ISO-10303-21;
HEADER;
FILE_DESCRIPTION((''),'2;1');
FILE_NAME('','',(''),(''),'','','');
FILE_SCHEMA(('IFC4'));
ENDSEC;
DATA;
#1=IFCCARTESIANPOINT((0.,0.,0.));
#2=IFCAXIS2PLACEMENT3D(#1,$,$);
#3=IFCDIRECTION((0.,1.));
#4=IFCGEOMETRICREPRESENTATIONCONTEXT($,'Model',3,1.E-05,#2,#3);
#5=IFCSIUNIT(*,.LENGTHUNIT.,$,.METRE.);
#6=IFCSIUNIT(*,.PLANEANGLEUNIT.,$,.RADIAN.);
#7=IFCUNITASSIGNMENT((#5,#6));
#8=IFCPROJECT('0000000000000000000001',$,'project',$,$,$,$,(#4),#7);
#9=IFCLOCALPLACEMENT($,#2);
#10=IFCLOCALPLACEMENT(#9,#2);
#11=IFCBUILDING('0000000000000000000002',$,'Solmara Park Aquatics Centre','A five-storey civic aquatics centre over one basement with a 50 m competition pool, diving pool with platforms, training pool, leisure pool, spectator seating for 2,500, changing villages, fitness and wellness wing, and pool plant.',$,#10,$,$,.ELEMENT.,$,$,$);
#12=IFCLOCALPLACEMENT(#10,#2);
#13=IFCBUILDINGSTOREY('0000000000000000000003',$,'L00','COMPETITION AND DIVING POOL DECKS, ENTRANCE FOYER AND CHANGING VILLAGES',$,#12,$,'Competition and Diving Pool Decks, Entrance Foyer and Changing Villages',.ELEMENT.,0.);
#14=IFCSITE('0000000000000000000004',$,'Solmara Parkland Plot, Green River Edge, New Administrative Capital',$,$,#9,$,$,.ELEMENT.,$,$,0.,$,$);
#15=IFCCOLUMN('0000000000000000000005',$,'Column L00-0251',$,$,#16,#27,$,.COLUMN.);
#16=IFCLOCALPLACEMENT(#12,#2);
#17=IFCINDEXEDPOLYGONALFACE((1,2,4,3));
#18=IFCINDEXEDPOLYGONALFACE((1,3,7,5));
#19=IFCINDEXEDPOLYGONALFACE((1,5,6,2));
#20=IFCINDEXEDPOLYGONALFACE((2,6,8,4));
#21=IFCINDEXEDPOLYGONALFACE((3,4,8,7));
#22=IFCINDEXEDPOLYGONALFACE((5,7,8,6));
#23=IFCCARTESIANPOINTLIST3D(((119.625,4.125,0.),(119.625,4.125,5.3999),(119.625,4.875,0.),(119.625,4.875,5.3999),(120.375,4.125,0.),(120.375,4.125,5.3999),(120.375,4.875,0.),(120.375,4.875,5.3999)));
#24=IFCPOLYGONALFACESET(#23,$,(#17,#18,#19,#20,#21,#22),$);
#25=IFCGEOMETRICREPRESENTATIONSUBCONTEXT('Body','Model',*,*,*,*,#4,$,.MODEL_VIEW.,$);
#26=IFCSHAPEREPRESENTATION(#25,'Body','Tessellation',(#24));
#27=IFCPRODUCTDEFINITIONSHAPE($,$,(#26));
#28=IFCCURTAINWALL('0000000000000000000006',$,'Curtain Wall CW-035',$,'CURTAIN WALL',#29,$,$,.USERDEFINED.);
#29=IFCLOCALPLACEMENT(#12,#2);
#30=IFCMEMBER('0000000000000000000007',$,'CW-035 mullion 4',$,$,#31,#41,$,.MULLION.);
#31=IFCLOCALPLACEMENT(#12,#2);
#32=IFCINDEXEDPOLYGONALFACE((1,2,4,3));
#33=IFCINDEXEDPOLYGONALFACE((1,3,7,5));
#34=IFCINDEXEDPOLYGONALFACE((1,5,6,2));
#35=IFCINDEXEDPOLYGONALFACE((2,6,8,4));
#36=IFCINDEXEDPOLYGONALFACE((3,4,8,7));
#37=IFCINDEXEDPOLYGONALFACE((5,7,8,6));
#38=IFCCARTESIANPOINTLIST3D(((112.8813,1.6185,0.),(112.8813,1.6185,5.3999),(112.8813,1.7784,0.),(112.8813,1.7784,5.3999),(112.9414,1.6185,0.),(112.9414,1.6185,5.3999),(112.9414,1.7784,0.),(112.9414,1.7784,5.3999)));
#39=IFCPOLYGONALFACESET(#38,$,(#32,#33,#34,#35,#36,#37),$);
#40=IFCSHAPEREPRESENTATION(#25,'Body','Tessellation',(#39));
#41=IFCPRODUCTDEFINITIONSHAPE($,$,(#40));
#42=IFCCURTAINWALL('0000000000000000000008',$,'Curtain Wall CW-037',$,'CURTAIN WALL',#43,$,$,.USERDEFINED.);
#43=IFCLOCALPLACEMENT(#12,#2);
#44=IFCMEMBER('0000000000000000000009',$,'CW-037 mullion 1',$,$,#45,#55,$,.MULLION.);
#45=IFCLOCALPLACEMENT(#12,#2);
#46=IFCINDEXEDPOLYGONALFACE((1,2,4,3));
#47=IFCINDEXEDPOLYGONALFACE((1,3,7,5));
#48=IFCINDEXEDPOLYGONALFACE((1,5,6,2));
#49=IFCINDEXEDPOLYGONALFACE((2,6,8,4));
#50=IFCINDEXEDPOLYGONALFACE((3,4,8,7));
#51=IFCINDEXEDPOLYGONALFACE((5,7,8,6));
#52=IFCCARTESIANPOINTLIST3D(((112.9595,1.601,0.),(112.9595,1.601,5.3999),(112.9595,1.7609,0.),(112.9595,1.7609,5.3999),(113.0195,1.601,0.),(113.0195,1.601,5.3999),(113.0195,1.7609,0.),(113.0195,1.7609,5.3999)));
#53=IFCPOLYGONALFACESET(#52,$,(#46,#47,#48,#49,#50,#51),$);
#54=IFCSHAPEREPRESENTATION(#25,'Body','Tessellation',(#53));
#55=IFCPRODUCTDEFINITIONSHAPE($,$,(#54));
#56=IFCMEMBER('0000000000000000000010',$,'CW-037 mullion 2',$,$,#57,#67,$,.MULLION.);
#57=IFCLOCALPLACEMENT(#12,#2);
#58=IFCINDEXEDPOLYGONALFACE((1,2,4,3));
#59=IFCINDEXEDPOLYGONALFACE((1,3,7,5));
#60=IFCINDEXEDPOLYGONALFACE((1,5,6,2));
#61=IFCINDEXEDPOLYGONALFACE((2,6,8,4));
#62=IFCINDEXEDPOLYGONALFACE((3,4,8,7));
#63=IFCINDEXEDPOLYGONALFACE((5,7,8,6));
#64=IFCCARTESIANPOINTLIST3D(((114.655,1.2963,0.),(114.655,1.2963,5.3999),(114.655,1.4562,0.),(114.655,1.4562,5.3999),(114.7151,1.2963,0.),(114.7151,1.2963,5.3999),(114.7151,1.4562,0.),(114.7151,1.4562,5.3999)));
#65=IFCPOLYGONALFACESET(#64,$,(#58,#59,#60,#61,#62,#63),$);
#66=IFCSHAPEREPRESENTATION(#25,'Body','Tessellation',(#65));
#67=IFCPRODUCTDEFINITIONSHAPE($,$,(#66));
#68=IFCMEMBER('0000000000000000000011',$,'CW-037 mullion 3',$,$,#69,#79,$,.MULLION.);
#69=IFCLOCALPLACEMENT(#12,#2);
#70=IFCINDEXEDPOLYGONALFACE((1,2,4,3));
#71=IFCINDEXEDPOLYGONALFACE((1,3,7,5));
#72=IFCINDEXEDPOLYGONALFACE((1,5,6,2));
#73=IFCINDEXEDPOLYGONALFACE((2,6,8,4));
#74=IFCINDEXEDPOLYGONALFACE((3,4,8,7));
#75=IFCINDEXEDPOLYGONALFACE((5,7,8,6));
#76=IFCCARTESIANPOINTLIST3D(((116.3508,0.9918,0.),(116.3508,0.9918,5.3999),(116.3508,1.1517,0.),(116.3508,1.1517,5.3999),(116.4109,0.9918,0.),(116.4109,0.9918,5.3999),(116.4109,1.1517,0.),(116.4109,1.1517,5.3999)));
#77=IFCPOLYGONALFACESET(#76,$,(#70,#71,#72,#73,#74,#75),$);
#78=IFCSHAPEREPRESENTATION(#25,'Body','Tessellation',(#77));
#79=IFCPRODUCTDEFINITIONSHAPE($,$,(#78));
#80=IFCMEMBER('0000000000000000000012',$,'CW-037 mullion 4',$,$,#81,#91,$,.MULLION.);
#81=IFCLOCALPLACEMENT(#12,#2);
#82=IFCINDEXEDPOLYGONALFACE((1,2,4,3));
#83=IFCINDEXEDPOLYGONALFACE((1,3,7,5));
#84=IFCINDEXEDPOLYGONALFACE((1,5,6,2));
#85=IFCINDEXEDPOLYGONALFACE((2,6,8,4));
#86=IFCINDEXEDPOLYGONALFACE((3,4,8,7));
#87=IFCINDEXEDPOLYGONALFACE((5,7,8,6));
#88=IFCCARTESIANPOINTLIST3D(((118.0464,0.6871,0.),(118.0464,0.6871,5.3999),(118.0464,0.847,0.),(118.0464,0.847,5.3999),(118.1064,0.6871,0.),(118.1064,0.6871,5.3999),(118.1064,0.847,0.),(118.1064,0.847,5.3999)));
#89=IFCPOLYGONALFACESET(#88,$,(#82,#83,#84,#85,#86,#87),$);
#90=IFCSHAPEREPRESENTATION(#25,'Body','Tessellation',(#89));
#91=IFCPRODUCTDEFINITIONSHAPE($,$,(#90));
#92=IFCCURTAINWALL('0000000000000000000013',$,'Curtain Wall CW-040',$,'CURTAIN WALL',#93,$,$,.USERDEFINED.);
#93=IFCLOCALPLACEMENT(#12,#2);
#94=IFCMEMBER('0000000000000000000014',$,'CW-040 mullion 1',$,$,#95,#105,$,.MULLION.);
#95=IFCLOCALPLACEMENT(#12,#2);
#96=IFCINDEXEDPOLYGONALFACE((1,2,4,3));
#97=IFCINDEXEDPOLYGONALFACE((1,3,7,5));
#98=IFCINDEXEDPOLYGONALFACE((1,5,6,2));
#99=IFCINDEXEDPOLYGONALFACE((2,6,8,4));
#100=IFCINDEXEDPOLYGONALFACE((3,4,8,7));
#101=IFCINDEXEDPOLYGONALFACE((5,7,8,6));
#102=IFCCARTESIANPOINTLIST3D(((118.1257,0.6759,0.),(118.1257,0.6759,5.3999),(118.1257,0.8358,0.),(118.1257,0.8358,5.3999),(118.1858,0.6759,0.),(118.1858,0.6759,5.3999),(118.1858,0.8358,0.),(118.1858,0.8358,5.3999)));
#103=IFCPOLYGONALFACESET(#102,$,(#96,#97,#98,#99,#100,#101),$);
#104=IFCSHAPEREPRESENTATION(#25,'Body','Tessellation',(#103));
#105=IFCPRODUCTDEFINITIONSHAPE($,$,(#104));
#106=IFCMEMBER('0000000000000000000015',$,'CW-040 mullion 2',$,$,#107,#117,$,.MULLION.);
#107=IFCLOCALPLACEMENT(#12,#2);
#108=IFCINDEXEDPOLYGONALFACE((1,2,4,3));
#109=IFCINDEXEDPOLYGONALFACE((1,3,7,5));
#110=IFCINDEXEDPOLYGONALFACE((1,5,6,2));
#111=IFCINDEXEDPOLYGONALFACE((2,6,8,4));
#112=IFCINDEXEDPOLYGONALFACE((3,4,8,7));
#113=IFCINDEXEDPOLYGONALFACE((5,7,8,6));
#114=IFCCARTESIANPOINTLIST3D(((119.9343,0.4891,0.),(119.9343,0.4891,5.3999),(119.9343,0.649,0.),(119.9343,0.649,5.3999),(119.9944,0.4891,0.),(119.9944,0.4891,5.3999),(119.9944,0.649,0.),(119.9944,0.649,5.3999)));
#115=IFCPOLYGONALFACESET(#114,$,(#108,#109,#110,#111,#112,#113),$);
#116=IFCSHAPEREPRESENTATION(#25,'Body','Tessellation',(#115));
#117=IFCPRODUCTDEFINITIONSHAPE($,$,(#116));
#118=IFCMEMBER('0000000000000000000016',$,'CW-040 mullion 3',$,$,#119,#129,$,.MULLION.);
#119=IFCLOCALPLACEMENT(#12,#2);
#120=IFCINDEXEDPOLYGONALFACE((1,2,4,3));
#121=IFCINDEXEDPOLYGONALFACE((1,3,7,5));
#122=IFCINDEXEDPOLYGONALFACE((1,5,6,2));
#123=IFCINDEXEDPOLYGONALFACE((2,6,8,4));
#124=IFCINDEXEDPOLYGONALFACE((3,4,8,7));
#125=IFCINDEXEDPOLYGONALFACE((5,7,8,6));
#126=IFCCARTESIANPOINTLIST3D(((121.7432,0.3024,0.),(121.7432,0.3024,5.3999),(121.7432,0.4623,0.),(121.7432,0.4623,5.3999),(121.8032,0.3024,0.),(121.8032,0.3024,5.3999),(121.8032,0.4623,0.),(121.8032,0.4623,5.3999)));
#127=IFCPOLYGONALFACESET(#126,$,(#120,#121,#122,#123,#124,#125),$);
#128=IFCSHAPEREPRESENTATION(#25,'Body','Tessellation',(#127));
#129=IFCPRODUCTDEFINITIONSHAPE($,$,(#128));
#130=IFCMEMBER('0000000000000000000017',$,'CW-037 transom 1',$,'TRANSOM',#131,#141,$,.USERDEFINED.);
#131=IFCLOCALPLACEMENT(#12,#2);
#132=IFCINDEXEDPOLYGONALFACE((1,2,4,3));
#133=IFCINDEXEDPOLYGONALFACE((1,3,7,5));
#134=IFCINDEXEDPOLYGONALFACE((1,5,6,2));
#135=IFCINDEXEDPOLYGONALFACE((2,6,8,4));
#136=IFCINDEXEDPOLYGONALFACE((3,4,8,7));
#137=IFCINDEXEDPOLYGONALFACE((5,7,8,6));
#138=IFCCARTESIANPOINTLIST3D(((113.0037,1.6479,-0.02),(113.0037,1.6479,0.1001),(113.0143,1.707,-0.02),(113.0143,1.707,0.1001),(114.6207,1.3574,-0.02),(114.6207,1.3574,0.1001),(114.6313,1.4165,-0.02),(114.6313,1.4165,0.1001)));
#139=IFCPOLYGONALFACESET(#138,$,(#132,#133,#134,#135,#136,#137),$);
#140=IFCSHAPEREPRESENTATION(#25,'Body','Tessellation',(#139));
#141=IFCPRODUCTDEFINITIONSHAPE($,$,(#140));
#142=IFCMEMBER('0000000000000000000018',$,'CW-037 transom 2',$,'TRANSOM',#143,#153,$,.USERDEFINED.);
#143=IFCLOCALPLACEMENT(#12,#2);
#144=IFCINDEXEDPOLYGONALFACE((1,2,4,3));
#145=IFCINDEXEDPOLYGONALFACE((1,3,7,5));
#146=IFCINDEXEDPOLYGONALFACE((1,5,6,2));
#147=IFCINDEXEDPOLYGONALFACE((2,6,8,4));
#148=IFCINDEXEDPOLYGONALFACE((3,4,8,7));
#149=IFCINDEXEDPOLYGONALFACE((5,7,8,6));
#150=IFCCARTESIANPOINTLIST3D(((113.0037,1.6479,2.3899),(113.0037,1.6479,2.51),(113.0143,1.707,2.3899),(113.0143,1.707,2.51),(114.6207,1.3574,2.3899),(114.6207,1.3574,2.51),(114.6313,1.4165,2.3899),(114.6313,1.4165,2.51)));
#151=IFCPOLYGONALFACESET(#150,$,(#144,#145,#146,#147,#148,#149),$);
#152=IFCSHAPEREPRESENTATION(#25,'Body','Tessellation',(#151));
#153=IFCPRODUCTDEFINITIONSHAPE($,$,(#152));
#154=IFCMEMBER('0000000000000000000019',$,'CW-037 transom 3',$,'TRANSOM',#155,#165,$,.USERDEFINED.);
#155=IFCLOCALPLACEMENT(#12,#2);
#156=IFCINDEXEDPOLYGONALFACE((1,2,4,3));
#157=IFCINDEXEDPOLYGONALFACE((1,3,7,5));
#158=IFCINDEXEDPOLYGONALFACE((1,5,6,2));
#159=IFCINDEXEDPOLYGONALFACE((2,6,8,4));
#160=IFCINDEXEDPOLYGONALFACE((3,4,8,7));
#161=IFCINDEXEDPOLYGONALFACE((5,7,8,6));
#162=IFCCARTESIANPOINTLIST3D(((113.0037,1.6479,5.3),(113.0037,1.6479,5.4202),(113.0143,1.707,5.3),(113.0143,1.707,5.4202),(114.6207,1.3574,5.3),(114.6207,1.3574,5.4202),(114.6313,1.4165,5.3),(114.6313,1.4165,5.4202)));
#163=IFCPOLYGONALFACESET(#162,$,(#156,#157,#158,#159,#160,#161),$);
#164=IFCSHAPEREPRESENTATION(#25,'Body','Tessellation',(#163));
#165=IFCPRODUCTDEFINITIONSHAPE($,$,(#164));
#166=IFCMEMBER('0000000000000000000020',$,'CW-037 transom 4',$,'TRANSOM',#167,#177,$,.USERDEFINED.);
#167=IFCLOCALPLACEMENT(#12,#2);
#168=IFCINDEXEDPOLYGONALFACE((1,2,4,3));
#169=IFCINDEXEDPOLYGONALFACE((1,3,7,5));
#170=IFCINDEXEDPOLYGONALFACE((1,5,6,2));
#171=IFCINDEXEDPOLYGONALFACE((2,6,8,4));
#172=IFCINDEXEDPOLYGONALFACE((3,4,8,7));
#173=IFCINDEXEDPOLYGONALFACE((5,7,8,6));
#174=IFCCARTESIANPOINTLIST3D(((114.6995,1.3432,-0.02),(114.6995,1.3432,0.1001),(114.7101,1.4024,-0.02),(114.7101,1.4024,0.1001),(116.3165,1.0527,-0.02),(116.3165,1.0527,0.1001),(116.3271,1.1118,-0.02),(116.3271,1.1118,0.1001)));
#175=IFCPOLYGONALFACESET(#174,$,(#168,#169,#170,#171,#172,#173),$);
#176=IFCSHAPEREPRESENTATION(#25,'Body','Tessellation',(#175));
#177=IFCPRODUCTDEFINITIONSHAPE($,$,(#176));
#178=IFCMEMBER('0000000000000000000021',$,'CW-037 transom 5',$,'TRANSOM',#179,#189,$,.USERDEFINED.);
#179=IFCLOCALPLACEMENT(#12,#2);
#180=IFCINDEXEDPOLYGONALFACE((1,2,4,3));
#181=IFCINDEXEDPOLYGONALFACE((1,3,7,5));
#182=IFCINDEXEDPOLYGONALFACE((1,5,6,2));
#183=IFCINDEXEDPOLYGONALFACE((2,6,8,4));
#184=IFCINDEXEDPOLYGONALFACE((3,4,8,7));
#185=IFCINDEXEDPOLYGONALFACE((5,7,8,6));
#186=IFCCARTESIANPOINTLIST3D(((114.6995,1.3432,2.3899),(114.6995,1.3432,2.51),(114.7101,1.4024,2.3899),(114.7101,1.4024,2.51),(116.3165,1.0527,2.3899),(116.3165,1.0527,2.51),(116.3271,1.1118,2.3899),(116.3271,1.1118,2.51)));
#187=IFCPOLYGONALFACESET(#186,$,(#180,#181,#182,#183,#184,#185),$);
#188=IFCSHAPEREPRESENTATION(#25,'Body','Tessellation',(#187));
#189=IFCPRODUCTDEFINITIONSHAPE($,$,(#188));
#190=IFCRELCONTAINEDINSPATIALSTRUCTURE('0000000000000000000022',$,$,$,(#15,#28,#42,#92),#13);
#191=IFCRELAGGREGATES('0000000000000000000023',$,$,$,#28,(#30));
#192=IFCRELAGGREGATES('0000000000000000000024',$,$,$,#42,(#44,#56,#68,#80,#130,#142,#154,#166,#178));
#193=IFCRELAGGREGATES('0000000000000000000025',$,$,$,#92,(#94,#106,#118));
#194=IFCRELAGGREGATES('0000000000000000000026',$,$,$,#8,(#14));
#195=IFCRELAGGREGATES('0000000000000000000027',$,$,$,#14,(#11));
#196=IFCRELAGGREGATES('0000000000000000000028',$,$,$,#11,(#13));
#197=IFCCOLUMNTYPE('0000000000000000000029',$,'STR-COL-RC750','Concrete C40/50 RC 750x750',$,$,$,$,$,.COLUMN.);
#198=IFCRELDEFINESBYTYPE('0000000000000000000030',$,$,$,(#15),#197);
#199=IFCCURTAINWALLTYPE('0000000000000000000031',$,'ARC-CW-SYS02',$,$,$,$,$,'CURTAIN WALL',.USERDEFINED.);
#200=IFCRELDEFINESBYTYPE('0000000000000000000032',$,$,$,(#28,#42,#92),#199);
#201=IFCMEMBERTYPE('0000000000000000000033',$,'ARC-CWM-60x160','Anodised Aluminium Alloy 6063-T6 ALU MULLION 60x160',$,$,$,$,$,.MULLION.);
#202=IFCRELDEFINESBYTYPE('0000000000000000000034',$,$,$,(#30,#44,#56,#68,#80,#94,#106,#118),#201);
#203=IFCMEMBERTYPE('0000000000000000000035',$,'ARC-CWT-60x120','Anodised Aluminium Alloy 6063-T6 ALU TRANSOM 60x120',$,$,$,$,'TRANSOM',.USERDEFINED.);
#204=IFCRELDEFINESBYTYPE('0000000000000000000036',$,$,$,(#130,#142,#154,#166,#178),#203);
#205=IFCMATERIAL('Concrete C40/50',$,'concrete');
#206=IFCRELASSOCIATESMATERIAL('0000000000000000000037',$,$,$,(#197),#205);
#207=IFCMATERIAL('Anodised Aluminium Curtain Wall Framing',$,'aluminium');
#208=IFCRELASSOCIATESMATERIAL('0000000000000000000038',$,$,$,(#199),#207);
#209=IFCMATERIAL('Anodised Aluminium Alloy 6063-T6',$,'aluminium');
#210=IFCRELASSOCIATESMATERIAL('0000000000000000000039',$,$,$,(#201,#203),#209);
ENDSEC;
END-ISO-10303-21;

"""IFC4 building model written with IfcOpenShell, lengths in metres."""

from ifc_helpers import new_model, si_unit, direction, frame, origin, origin_2d, place, context, subcontext, project, spatial, rectangle, extrude, material, material_profile, profile_set, type_object, element, aggregate, save


model = new_model("IFC4")

# Units and contexts
model_context = context("Model", 3, precision=1e-05, world=origin(), true_north=direction((0.0, 1.0)))
body_context = subcontext(model_context, "Body", "Model", "MODEL_VIEW")
ifc_project = project(units=[si_unit("LENGTHUNIT", "METRE"), si_unit("PLANEANGLEUNIT", "RADIAN")], contexts=[model_context])

# Site, building, storey
site_placement = place(None, origin())
site = spatial("IfcSite", under=ifc_project, at=site_placement, Name="Solmara Parkland Plot, Green River Edge, New Administrative Capital", CompositionType="ELEMENT", RefElevation=0.0)
building_placement = place(site_placement, origin())
building = spatial("IfcBuilding", under=site, at=building_placement, Name="Solmara Park Aquatics Centre", Description="A five-storey civic aquatics centre over one basement with a 50 m competition pool, diving pool with platforms, training pool, leisure pool, spectator seating for 2,500, changing villages, fitness and wellness wing, and pool plant.", CompositionType="ELEMENT")
storey_placement = place(building_placement, origin())
storey = spatial("IfcBuildingStorey", under=building, at=storey_placement, Name="L00", Description="COMPETITION AND DIVING POOL DECKS, ENTRANCE FOYER AND CHANGING VILLAGES", LongName="Competition and Diving Pool Decks, Entrance Foyer and Changing Villages", CompositionType="ELEMENT", Elevation=0.0)

# Column
ifc_material_1 = material(Name="Concrete C40/50", Category="concrete")
ifc_material_profile_1 = material_profile(ifc_material_1, rectangle(XDim=0.75, YDim=0.75, at=origin_2d()), Name="RC 750x750")
ifc_profile_set_1 = profile_set([ifc_material_profile_1], Name="Concrete C40/50")
column_type = type_object("IfcColumnType", Name="STR-COL-RC750", Description="Concrete C40/50 RC 750x750", PredefinedType="COLUMN", material=ifc_profile_set_1)
column_placement = place(storey_placement, frame((120.0, 4.5, 0.0), z_axis=(0.0, 0.0, 1.0), x_axis=(1.0, 0.0, 0.0)))
element("IfcColumn", 1, at=column_placement, inside=storey, type_object=column_type, Name="Column L00-0251", PredefinedType="COLUMN", context=body_context, shape_type="SweptSolid", body=[
    extrude(rectangle(XDim=0.75, YDim=0.75, at=origin_2d()), origin(), (0.0, 0.0, 1.0), 5.3999),
])

# Curtain wall, member
ifc_material_2 = material(Name="Anodised Aluminium Curtain Wall Framing", Category="aluminium")
curtain_wall_type = type_object("IfcCurtainWallType", Name="ARC-CW-SYS02", ElementType="CURTAIN WALL", PredefinedType="USERDEFINED", material=ifc_material_2)
curtain_wall_1_placement = place(storey_placement, origin())
curtain_wall_1 = element("IfcCurtainWall", 2, at=curtain_wall_1_placement, inside=storey, type_object=curtain_wall_type, Name="Curtain Wall CW-035", ObjectType="CURTAIN WALL", PredefinedType="USERDEFINED")
ifc_material_3 = material(Name="Anodised Aluminium Alloy 6063-T6", Category="aluminium")
ifc_material_profile_2 = material_profile(ifc_material_3, rectangle(XDim=0.0601, YDim=0.1599, at=origin_2d()), Name="ALU MULLION 60x160")
ifc_profile_set_2 = profile_set([ifc_material_profile_2], Name="Anodised Aluminium Alloy 6063-T6")
member_type_1 = type_object("IfcMemberType", Name="ARC-CWM-60x160", Description="Anodised Aluminium Alloy 6063-T6 ALU MULLION 60x160", PredefinedType="MULLION", material=ifc_profile_set_2)
member_1_placement = place(storey_placement, frame((112.9114, 1.6985, 0.0), z_axis=(0.0, 0.0, 1.0), x_axis=(1.0, 0.0, 0.0)))
member_1 = element("IfcMember", 3, at=member_1_placement, type_object=member_type_1, Name="CW-035 mullion 4", PredefinedType="MULLION", context=body_context, shape_type="SweptSolid", body=[
    extrude(rectangle(XDim=0.0601, YDim=0.1599, at=origin_2d()), origin(), (0.0, 0.0, 1.0), 5.3999),
])

# Curtain walls, members
curtain_wall_2_placement = place(storey_placement, origin())
curtain_wall_2 = element("IfcCurtainWall", 4, at=curtain_wall_2_placement, inside=storey, type_object=curtain_wall_type, Name="Curtain Wall CW-037", ObjectType="CURTAIN WALL", PredefinedType="USERDEFINED")
member_2_placement = place(storey_placement, frame((112.9895, 1.6809, 0.0), z_axis=(0.0, 0.0, 1.0), x_axis=(1.0, 0.0, 0.0)))
member_2 = element("IfcMember", 5, at=member_2_placement, type_object=member_type_1, Name="CW-037 mullion 1", PredefinedType="MULLION", context=body_context, shape_type="SweptSolid", body=[
    extrude(rectangle(XDim=0.0601, YDim=0.1599, at=origin_2d()), origin(), (0.0, 0.0, 1.0), 5.3999),
])
member_3_placement = place(storey_placement, frame((114.6851, 1.3762, 0.0), z_axis=(0.0, 0.0, 1.0), x_axis=(1.0, 0.0, 0.0)))
member_3 = element("IfcMember", 6, at=member_3_placement, type_object=member_type_1, Name="CW-037 mullion 2", PredefinedType="MULLION", context=body_context, shape_type="SweptSolid", body=[
    extrude(rectangle(XDim=0.0601, YDim=0.1599, at=origin_2d()), origin(), (0.0, 0.0, 1.0), 5.3999),
])
member_4_placement = place(storey_placement, frame((116.3809, 1.0718, 0.0), z_axis=(0.0, 0.0, 1.0), x_axis=(1.0, 0.0, 0.0)))
member_4 = element("IfcMember", 7, at=member_4_placement, type_object=member_type_1, Name="CW-037 mullion 3", PredefinedType="MULLION", context=body_context, shape_type="SweptSolid", body=[
    extrude(rectangle(XDim=0.0601, YDim=0.1599, at=origin_2d()), origin(), (0.0, 0.0, 1.0), 5.3999),
])
member_5_placement = place(storey_placement, frame((118.0764, 0.7671, 0.0), z_axis=(0.0, 0.0, 1.0), x_axis=(1.0, 0.0, 0.0)))
member_5 = element("IfcMember", 8, at=member_5_placement, type_object=member_type_1, Name="CW-037 mullion 4", PredefinedType="MULLION", context=body_context, shape_type="SweptSolid", body=[
    extrude(rectangle(XDim=0.0601, YDim=0.1599, at=origin_2d()), origin(), (0.0, 0.0, 1.0), 5.3999),
])
curtain_wall_3_placement = place(storey_placement, origin())
curtain_wall_3 = element("IfcCurtainWall", 9, at=curtain_wall_3_placement, inside=storey, type_object=curtain_wall_type, Name="Curtain Wall CW-040", ObjectType="CURTAIN WALL", PredefinedType="USERDEFINED")
member_6_placement = place(storey_placement, frame((118.1558, 0.7559, 0.0), z_axis=(0.0, 0.0, 1.0), x_axis=(1.0, 0.0, 0.0)))
member_6 = element("IfcMember", 10, at=member_6_placement, type_object=member_type_1, Name="CW-040 mullion 1", PredefinedType="MULLION", context=body_context, shape_type="SweptSolid", body=[
    extrude(rectangle(XDim=0.0601, YDim=0.1599, at=origin_2d()), origin(), (0.0, 0.0, 1.0), 5.3999),
])
member_7_placement = place(storey_placement, frame((119.9644, 0.5691, 0.0), z_axis=(0.0, 0.0, 1.0), x_axis=(1.0, 0.0, 0.0)))
member_7 = element("IfcMember", 11, at=member_7_placement, type_object=member_type_1, Name="CW-040 mullion 2", PredefinedType="MULLION", context=body_context, shape_type="SweptSolid", body=[
    extrude(rectangle(XDim=0.0601, YDim=0.1599, at=origin_2d()), origin(), (0.0, 0.0, 1.0), 5.3999),
])
member_8_placement = place(storey_placement, frame((121.7732, 0.3823, 0.0), z_axis=(0.0, 0.0, 1.0), x_axis=(1.0, 0.0, 0.0)))
member_8 = element("IfcMember", 12, at=member_8_placement, type_object=member_type_1, Name="CW-040 mullion 3", PredefinedType="MULLION", context=body_context, shape_type="SweptSolid", body=[
    extrude(rectangle(XDim=0.0601, YDim=0.1599, at=origin_2d()), origin(), (0.0, 0.0, 1.0), 5.3999),
])

# Members
ifc_material_profile_3 = material_profile(ifc_material_3, rectangle(XDim=0.0601, YDim=0.1201, at=origin_2d()), Name="ALU TRANSOM 60x120")
ifc_profile_set_3 = profile_set([ifc_material_profile_3], Name="Anodised Aluminium Alloy 6063-T6")
member_type_2 = type_object("IfcMemberType", Name="ARC-CWT-60x120", Description="Anodised Aluminium Alloy 6063-T6 ALU TRANSOM 60x120", ElementType="TRANSOM", PredefinedType="USERDEFINED", material=ifc_profile_set_3)
member_9_placement = place(storey_placement, frame((113.009, 1.6775, 0.04), z_axis=(0.984239, -0.176845, 0.0), x_axis=(0.176845, 0.984239, 0.0)))
member_9 = element("IfcMember", 13, at=member_9_placement, type_object=member_type_2, Name="CW-037 transom 1", ObjectType="TRANSOM", PredefinedType="USERDEFINED", context=body_context, shape_type="SweptSolid", body=[
    extrude(rectangle(XDim=0.0601, YDim=0.1201, at=origin_2d()), origin(), (0.0, 0.0, 1.0), 1.6428),
])
member_10_placement = place(storey_placement, frame((113.009, 1.6775, 2.45), z_axis=(0.984239, -0.176845, 0.0), x_axis=(0.176845, 0.984239, 0.0)))
member_10 = element("IfcMember", 14, at=member_10_placement, type_object=member_type_2, Name="CW-037 transom 2", ObjectType="TRANSOM", PredefinedType="USERDEFINED", context=body_context, shape_type="SweptSolid", body=[
    extrude(rectangle(XDim=0.0601, YDim=0.1201, at=origin_2d()), origin(), (0.0, 0.0, 1.0), 1.6428),
])
member_11_placement = place(storey_placement, frame((113.009, 1.6775, 5.3601), z_axis=(0.984239, -0.176845, 0.0), x_axis=(0.176845, 0.984239, 0.0)))
member_11 = element("IfcMember", 15, at=member_11_placement, type_object=member_type_2, Name="CW-037 transom 3", ObjectType="TRANSOM", PredefinedType="USERDEFINED", context=body_context, shape_type="SweptSolid", body=[
    extrude(rectangle(XDim=0.0601, YDim=0.1201, at=origin_2d()), origin(), (0.0, 0.0, 1.0), 1.6428),
])
member_12_placement = place(storey_placement, frame((114.7048, 1.3728, 0.04), z_axis=(0.984239, -0.176845, 0.0), x_axis=(0.176845, 0.984239, 0.0)))
member_12 = element("IfcMember", 16, at=member_12_placement, type_object=member_type_2, Name="CW-037 transom 4", ObjectType="TRANSOM", PredefinedType="USERDEFINED", context=body_context, shape_type="SweptSolid", body=[
    extrude(rectangle(XDim=0.0601, YDim=0.1201, at=origin_2d()), origin(), (0.0, 0.0, 1.0), 1.6428),
])
member_13_placement = place(storey_placement, frame((114.7048, 1.3728, 2.45), z_axis=(0.984239, -0.176845, 0.0), x_axis=(0.176845, 0.984239, 0.0)))
member_13 = element("IfcMember", 17, at=member_13_placement, type_object=member_type_2, Name="CW-037 transom 5", ObjectType="TRANSOM", PredefinedType="USERDEFINED", context=body_context, shape_type="SweptSolid", body=[
    extrude(rectangle(XDim=0.0601, YDim=0.1201, at=origin_2d()), origin(), (0.0, 0.0, 1.0), 1.6428),
])

aggregate(curtain_wall_1, [member_1])
aggregate(curtain_wall_2, [member_2, member_3, member_4, member_5, member_9, member_10, member_11, member_12, member_13])
aggregate(curtain_wall_3, [member_6, member_7, member_8])

save(model, "model.ifc")
